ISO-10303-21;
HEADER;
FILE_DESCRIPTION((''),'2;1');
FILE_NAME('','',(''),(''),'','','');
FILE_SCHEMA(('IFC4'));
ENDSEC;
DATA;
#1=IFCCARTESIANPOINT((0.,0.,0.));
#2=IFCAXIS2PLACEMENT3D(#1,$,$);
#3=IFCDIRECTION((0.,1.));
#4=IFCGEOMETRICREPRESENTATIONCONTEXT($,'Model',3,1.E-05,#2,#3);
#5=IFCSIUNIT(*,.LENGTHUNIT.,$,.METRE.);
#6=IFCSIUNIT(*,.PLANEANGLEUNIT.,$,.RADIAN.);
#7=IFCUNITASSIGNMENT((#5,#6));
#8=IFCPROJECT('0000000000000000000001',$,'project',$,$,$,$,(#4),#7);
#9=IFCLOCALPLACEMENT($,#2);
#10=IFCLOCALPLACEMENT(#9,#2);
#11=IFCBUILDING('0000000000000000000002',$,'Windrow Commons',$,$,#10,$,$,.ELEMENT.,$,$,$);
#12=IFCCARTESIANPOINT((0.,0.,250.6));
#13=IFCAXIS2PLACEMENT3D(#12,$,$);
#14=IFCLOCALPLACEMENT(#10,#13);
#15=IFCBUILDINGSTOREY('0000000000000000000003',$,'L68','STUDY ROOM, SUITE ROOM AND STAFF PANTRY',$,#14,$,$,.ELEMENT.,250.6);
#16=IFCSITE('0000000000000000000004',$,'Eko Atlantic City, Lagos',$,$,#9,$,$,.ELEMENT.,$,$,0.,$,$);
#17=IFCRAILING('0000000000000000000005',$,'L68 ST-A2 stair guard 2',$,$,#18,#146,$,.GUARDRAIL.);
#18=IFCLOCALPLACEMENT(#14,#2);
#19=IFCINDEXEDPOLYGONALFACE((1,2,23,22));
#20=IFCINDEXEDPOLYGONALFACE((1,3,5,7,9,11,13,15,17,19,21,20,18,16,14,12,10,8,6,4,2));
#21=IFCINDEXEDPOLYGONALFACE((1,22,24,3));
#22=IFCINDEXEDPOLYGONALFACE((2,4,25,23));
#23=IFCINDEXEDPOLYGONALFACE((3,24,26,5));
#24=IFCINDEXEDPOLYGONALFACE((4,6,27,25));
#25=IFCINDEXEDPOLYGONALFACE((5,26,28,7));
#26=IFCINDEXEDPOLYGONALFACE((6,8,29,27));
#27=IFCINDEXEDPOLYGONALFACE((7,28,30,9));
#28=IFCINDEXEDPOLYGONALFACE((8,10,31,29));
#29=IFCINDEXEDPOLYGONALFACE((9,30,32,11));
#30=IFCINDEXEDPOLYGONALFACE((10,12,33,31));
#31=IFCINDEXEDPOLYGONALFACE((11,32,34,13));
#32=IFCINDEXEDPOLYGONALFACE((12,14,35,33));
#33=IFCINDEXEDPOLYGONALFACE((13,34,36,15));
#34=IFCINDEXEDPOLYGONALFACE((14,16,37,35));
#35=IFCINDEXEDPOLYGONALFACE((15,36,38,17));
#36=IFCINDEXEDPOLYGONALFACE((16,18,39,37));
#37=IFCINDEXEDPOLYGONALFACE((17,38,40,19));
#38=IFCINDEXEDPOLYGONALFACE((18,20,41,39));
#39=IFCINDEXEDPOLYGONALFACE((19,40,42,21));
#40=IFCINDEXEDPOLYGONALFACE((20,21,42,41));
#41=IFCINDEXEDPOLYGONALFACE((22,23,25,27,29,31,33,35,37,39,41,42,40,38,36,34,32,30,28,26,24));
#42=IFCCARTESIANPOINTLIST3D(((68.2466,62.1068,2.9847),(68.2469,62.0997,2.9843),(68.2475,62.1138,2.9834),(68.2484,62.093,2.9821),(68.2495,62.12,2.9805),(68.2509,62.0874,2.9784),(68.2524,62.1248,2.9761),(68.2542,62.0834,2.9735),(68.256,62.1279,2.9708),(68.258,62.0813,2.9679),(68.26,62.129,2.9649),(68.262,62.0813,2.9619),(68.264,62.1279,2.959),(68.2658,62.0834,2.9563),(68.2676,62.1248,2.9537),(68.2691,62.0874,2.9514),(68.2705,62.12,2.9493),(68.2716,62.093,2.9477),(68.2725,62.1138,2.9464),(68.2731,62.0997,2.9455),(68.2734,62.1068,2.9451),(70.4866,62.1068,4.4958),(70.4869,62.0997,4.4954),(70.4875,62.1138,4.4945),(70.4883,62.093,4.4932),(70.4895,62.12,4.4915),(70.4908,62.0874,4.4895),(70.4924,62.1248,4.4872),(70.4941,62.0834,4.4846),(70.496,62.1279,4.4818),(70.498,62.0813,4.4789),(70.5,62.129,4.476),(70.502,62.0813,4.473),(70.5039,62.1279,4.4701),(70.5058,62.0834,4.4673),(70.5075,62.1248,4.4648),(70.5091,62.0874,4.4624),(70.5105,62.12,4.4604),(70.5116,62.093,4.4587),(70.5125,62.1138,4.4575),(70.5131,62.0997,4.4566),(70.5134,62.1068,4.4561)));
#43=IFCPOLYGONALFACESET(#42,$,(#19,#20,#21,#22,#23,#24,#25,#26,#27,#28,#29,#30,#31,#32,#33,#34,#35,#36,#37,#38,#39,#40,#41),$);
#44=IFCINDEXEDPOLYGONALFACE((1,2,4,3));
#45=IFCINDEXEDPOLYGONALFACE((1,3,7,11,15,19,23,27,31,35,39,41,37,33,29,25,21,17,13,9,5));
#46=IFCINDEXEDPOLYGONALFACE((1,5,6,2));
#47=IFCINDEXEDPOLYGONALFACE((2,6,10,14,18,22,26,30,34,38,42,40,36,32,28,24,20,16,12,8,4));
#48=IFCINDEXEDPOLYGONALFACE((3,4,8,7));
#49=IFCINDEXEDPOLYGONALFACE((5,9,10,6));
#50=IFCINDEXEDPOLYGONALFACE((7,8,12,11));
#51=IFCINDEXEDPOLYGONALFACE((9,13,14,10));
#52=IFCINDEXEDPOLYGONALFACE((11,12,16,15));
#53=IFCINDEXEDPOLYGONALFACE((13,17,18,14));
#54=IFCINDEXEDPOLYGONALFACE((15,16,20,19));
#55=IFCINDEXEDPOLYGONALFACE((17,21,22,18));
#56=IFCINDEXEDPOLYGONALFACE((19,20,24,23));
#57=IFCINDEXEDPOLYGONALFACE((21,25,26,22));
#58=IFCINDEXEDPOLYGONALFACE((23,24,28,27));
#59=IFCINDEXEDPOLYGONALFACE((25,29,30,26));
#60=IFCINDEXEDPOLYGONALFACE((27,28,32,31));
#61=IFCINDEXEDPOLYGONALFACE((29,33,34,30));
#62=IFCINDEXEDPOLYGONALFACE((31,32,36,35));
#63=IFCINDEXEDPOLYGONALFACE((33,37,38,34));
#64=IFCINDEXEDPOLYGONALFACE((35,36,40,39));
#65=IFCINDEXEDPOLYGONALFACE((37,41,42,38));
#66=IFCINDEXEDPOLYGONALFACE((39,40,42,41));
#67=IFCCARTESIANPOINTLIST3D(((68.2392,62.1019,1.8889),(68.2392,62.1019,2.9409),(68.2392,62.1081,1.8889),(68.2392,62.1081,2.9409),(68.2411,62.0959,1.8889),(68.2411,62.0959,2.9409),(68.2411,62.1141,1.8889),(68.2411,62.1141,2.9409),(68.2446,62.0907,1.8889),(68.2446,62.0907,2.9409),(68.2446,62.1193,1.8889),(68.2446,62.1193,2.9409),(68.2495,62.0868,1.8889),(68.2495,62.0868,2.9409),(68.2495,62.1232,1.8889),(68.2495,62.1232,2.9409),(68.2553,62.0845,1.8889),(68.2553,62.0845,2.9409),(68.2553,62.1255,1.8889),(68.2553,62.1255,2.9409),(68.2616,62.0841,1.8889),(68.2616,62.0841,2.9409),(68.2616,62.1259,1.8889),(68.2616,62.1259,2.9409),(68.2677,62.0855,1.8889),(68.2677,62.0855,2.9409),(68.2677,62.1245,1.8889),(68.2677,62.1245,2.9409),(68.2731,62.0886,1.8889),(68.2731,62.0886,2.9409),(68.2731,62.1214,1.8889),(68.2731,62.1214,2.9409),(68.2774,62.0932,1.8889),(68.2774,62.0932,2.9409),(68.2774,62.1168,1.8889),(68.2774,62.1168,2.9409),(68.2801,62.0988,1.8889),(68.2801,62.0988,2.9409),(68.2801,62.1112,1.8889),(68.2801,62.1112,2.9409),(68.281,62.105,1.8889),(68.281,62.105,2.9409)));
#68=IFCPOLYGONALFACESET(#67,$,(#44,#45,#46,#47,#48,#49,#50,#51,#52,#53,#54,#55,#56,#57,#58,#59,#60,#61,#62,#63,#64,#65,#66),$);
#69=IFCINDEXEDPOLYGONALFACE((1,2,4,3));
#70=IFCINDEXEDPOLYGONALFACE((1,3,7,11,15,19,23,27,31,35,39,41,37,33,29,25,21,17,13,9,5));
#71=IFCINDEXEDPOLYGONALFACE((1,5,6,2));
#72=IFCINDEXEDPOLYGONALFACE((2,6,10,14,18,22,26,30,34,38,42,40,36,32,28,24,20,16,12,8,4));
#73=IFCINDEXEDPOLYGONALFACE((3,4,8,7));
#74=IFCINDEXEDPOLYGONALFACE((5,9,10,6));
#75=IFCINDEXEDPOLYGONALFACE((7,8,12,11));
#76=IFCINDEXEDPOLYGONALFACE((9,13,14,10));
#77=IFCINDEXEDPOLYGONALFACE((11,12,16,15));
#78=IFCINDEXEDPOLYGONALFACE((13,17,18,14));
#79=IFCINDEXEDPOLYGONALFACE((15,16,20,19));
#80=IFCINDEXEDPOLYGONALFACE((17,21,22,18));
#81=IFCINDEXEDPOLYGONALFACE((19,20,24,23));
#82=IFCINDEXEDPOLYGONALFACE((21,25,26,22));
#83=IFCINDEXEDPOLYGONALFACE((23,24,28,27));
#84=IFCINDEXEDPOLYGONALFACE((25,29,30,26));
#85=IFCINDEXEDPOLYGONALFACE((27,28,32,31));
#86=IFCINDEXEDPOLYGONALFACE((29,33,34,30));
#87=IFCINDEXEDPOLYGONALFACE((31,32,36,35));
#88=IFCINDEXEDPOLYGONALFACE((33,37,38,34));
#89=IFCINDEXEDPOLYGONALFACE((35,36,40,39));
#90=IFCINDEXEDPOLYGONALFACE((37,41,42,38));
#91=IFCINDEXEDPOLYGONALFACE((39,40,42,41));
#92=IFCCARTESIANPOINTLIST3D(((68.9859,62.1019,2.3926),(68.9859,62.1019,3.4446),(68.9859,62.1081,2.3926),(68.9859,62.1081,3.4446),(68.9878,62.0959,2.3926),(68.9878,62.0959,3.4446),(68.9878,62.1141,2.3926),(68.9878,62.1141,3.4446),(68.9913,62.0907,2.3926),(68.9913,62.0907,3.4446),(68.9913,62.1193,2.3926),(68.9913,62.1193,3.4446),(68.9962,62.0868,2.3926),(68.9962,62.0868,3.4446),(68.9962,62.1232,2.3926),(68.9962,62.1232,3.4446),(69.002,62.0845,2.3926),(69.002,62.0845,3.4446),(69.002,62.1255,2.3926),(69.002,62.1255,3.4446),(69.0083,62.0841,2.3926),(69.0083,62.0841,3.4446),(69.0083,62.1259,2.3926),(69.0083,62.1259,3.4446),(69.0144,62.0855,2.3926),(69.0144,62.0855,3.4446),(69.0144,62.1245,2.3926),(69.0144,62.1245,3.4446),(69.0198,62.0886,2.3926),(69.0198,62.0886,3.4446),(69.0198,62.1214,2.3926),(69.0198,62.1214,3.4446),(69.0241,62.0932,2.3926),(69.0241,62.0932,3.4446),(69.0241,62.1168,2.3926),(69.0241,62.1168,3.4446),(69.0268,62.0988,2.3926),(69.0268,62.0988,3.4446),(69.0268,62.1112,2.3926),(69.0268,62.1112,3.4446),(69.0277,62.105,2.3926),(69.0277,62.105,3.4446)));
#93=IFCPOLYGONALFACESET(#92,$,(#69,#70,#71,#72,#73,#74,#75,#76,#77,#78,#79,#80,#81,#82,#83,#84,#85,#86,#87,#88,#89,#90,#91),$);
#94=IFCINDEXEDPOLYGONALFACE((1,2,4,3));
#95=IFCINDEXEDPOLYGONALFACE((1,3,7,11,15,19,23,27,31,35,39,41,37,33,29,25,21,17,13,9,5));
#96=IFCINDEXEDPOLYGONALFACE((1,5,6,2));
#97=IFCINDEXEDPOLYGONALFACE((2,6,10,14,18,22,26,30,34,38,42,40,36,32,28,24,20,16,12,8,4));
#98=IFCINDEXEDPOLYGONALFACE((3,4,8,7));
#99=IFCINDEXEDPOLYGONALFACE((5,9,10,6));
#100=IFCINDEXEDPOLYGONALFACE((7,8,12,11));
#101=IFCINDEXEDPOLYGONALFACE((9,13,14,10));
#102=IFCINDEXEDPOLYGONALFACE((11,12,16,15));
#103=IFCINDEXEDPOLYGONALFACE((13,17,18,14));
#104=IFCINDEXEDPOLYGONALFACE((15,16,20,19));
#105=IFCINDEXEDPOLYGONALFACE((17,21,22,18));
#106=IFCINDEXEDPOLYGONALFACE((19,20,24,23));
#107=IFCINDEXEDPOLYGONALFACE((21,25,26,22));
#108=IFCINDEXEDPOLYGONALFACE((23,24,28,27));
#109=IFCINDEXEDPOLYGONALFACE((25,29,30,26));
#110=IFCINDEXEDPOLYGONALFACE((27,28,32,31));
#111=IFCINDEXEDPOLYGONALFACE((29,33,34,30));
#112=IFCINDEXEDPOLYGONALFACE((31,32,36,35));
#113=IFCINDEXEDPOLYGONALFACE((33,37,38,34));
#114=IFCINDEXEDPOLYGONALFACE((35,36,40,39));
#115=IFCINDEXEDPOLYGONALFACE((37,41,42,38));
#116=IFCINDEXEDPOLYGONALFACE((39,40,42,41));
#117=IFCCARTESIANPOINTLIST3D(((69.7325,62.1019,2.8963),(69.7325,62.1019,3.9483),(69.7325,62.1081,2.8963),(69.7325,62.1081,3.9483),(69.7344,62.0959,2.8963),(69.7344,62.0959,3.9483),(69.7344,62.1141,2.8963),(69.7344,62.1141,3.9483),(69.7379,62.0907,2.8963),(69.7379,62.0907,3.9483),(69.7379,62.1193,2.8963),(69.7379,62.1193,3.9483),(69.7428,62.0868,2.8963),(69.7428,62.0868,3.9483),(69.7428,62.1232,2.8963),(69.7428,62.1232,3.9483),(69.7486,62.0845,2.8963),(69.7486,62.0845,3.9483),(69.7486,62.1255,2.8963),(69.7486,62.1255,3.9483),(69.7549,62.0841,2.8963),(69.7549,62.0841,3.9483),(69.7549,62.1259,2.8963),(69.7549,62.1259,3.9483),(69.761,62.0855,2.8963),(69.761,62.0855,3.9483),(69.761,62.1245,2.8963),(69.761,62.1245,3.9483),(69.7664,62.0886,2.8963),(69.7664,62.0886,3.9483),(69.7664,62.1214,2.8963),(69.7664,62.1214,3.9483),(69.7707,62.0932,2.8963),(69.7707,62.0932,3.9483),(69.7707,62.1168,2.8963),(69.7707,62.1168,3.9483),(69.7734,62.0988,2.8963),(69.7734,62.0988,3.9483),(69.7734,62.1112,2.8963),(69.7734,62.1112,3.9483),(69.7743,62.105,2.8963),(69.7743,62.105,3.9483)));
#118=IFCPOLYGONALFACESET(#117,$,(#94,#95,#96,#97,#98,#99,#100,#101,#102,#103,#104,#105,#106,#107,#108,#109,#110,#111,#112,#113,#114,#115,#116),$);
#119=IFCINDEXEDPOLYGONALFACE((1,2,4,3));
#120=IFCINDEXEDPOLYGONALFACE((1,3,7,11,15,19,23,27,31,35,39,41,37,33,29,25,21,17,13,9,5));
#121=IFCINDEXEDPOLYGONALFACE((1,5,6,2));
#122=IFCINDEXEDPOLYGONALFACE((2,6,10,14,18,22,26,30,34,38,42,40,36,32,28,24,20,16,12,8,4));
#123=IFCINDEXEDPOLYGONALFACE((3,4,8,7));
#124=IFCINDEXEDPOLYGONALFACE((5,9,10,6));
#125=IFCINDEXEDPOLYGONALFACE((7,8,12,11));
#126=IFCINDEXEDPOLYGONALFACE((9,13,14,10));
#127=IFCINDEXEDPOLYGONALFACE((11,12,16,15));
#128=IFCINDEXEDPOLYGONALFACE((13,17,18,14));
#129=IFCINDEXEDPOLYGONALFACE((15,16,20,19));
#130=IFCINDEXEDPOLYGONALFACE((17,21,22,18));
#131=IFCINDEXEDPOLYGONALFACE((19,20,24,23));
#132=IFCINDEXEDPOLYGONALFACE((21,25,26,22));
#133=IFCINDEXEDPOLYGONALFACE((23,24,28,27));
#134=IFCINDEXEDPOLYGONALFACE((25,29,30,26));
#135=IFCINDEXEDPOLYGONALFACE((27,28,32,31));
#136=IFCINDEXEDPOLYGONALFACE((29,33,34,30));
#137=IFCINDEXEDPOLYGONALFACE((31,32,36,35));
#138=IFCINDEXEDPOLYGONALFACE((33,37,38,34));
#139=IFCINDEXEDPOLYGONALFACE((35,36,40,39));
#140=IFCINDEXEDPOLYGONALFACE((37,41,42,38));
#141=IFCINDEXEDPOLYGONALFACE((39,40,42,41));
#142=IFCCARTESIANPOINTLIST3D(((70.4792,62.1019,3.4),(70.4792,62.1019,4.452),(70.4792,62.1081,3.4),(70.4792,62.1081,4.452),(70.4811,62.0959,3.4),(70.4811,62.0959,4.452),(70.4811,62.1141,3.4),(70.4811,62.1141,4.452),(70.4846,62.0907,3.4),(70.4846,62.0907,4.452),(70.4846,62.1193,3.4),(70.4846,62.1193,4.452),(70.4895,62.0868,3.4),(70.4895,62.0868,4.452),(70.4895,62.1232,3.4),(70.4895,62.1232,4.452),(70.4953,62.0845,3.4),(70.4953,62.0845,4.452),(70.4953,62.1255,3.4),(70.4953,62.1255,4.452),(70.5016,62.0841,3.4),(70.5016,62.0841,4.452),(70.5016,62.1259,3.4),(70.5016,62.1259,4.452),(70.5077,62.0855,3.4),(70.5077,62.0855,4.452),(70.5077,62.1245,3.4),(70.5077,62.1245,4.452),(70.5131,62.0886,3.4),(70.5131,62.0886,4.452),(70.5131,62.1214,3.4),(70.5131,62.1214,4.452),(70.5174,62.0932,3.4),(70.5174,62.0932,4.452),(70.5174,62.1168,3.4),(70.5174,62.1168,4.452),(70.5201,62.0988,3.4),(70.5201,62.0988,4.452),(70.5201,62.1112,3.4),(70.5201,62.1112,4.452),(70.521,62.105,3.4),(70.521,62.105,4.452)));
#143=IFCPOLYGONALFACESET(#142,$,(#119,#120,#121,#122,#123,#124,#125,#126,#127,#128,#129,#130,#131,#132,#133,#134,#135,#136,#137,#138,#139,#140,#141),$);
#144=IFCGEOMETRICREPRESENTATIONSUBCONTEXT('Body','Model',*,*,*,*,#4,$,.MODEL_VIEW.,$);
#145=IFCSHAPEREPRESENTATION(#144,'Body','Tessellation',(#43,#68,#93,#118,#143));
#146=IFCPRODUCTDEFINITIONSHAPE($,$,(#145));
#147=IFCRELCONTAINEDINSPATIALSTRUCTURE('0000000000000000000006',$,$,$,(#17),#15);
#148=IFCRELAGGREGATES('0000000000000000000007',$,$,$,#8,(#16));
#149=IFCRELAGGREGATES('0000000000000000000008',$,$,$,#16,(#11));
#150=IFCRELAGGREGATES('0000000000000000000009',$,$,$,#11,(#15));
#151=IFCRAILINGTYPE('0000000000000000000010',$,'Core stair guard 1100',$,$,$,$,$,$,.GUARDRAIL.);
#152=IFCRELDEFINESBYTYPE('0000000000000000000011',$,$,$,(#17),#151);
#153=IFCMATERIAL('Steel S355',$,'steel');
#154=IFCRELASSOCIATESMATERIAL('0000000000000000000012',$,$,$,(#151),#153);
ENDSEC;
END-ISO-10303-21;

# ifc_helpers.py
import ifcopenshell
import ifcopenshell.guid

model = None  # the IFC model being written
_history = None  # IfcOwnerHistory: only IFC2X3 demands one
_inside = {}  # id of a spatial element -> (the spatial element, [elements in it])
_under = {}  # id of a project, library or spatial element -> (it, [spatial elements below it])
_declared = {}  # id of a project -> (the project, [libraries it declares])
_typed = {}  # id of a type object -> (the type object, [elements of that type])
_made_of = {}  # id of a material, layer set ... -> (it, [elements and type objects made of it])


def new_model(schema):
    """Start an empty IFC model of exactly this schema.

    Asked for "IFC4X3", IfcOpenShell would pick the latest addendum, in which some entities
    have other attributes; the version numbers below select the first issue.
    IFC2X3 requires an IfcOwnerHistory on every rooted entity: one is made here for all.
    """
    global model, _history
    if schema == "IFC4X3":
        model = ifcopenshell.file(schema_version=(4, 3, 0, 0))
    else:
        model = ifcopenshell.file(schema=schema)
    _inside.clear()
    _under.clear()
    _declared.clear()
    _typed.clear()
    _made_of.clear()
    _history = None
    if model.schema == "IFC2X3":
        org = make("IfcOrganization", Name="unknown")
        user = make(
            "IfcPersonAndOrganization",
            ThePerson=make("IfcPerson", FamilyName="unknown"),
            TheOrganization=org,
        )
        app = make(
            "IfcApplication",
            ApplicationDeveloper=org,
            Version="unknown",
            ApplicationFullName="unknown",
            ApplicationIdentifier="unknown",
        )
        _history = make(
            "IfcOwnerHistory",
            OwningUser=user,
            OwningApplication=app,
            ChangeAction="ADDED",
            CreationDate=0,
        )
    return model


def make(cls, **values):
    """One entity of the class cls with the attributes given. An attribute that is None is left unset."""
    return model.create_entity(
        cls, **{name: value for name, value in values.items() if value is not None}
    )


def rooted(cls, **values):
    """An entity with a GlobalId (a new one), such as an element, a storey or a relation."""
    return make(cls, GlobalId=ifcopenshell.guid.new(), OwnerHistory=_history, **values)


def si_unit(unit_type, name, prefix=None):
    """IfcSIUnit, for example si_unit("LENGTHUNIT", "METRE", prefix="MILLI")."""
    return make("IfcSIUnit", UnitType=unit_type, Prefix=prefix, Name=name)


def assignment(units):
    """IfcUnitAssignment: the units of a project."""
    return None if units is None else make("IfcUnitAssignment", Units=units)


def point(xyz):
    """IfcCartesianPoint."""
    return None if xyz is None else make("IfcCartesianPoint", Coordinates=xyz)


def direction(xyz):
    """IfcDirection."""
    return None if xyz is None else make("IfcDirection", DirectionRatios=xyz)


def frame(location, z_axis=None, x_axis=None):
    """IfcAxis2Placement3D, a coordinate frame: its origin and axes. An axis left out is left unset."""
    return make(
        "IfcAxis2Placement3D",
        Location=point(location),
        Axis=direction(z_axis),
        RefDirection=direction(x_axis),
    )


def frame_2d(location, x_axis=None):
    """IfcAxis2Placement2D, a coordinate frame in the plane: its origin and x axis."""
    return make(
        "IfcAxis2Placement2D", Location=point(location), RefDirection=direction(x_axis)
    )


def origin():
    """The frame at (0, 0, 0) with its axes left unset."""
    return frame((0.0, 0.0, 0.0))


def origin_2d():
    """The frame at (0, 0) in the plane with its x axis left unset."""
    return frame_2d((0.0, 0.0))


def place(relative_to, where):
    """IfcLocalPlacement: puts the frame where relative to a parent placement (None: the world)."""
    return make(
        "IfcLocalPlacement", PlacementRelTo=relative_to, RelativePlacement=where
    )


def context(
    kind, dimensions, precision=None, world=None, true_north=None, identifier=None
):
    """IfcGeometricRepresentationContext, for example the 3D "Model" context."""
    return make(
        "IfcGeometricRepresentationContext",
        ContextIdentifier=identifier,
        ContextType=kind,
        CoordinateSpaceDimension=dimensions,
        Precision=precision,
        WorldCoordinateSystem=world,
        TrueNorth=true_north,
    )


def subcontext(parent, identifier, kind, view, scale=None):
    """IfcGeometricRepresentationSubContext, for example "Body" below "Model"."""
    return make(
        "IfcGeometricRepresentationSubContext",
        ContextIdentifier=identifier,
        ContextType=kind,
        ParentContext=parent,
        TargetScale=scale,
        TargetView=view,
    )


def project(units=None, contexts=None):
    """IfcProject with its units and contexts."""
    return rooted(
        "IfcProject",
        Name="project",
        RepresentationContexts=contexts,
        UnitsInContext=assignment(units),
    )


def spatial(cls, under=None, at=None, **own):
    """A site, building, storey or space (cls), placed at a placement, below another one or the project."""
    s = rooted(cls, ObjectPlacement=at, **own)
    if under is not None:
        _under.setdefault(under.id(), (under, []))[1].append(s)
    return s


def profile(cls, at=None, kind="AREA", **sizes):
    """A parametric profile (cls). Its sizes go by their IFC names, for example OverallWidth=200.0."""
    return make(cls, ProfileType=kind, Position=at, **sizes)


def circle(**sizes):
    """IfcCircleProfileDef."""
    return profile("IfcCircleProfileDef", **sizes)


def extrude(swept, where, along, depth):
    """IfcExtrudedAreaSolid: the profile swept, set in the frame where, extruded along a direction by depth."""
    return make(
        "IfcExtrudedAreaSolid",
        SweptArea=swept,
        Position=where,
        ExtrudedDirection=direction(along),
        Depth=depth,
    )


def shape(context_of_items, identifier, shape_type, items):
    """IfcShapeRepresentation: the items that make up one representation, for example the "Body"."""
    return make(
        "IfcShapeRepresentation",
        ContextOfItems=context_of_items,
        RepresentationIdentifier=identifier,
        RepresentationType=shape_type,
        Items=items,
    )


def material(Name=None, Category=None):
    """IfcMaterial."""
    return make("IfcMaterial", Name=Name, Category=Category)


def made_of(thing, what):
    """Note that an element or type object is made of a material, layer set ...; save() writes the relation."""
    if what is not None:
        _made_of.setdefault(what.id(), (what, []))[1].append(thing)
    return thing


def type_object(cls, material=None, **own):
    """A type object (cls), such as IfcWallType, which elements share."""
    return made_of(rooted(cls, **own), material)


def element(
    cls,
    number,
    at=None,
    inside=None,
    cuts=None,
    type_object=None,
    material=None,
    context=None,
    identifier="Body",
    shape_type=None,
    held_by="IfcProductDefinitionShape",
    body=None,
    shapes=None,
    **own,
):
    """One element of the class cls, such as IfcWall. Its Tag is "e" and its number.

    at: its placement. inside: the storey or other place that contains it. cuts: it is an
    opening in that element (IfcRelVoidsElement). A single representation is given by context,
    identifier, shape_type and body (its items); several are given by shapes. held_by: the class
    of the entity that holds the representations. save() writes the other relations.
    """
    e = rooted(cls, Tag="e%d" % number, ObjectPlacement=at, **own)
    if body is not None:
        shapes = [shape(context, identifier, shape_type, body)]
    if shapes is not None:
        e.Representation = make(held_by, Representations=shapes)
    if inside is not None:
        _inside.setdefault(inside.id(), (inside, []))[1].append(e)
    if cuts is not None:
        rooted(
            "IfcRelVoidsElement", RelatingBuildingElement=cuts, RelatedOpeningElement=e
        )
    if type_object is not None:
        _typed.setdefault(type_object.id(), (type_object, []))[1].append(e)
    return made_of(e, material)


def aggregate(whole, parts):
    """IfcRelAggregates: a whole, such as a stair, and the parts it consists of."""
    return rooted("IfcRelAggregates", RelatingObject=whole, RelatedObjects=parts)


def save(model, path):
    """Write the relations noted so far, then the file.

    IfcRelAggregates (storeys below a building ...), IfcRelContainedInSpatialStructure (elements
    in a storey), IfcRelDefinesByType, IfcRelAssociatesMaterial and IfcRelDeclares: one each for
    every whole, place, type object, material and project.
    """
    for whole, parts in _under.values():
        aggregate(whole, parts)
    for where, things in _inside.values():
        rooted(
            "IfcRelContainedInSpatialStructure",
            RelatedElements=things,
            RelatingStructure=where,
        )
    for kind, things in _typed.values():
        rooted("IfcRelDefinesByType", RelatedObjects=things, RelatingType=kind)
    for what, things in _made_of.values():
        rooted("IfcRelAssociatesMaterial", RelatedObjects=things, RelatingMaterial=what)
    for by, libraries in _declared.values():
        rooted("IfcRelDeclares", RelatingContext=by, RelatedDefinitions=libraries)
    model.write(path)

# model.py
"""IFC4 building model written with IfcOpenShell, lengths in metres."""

from ifc_helpers import new_model, si_unit, direction, frame, origin, origin_2d, place, context, subcontext, project, spatial, circle, extrude, material, type_object, element, save


model = new_model("IFC4")

# Units and contexts
model_context = context("Model", 3, precision=1e-05, world=origin(), true_north=direction((0.0, 1.0)))
body_context = subcontext(model_context, "Body", "Model", "MODEL_VIEW")
ifc_project = project(units=[si_unit("LENGTHUNIT", "METRE"), si_unit("PLANEANGLEUNIT", "RADIAN")], contexts=[model_context])

# Site, building, storey
site_placement = place(None, origin())
site = spatial("IfcSite", under=ifc_project, at=site_placement, Name="Eko Atlantic City, Lagos", CompositionType="ELEMENT", RefElevation=0.0)
building_placement = place(site_placement, origin())
building = spatial("IfcBuilding", under=site, at=building_placement, Name="Windrow Commons", CompositionType="ELEMENT")
storey_placement = place(building_placement, frame((0.0, 0.0, 250.6)))
storey = spatial("IfcBuildingStorey", under=building, at=storey_placement, Name="L68", Description="STUDY ROOM, SUITE ROOM AND STAFF PANTRY", CompositionType="ELEMENT", Elevation=250.6)

# Railing
ifc_material_1 = material(Name="Steel S355", Category="steel")
railing_type_1 = type_object("IfcRailingType", Name="Core stair guard 1100", PredefinedType="GUARDRAIL", material=ifc_material_1)
railing_1_placement = place(storey_placement, frame((68.26, 62.105, 1.8889)))
element("IfcRailing", 1, at=railing_1_placement, inside=storey, type_object=railing_type_1, Name="L68 ST-A2 stair guard 2", PredefinedType="GUARDRAIL", context=body_context, shape_type="SweptSolid", body=[
    extrude(circle(Radius=0.024, at=origin_2d()), frame((0.0, 0.0, 1.076), z_axis=(0.829003, 0.0, 0.559244), x_axis=(0.0, 1.0, 0.0)), (0.0, 0.0, 1.0), 2.702),
    extrude(circle(Radius=0.021, at=origin_2d()), origin(), (0.0, 0.0, 1.0), 1.052),
    extrude(circle(Radius=0.021, at=origin_2d()), frame((0.7467, 0.0, 0.5037)), (0.0, 0.0, 1.0), 1.052),
    extrude(circle(Radius=0.021, at=origin_2d()), frame((1.4933, 0.0, 1.0074)), (0.0, 0.0, 1.0), 1.052),
    extrude(circle(Radius=0.021, at=origin_2d()), frame((2.24, 0.0, 1.5111)), (0.0, 0.0, 1.0), 1.052),
])

save(model, "model.ifc")
